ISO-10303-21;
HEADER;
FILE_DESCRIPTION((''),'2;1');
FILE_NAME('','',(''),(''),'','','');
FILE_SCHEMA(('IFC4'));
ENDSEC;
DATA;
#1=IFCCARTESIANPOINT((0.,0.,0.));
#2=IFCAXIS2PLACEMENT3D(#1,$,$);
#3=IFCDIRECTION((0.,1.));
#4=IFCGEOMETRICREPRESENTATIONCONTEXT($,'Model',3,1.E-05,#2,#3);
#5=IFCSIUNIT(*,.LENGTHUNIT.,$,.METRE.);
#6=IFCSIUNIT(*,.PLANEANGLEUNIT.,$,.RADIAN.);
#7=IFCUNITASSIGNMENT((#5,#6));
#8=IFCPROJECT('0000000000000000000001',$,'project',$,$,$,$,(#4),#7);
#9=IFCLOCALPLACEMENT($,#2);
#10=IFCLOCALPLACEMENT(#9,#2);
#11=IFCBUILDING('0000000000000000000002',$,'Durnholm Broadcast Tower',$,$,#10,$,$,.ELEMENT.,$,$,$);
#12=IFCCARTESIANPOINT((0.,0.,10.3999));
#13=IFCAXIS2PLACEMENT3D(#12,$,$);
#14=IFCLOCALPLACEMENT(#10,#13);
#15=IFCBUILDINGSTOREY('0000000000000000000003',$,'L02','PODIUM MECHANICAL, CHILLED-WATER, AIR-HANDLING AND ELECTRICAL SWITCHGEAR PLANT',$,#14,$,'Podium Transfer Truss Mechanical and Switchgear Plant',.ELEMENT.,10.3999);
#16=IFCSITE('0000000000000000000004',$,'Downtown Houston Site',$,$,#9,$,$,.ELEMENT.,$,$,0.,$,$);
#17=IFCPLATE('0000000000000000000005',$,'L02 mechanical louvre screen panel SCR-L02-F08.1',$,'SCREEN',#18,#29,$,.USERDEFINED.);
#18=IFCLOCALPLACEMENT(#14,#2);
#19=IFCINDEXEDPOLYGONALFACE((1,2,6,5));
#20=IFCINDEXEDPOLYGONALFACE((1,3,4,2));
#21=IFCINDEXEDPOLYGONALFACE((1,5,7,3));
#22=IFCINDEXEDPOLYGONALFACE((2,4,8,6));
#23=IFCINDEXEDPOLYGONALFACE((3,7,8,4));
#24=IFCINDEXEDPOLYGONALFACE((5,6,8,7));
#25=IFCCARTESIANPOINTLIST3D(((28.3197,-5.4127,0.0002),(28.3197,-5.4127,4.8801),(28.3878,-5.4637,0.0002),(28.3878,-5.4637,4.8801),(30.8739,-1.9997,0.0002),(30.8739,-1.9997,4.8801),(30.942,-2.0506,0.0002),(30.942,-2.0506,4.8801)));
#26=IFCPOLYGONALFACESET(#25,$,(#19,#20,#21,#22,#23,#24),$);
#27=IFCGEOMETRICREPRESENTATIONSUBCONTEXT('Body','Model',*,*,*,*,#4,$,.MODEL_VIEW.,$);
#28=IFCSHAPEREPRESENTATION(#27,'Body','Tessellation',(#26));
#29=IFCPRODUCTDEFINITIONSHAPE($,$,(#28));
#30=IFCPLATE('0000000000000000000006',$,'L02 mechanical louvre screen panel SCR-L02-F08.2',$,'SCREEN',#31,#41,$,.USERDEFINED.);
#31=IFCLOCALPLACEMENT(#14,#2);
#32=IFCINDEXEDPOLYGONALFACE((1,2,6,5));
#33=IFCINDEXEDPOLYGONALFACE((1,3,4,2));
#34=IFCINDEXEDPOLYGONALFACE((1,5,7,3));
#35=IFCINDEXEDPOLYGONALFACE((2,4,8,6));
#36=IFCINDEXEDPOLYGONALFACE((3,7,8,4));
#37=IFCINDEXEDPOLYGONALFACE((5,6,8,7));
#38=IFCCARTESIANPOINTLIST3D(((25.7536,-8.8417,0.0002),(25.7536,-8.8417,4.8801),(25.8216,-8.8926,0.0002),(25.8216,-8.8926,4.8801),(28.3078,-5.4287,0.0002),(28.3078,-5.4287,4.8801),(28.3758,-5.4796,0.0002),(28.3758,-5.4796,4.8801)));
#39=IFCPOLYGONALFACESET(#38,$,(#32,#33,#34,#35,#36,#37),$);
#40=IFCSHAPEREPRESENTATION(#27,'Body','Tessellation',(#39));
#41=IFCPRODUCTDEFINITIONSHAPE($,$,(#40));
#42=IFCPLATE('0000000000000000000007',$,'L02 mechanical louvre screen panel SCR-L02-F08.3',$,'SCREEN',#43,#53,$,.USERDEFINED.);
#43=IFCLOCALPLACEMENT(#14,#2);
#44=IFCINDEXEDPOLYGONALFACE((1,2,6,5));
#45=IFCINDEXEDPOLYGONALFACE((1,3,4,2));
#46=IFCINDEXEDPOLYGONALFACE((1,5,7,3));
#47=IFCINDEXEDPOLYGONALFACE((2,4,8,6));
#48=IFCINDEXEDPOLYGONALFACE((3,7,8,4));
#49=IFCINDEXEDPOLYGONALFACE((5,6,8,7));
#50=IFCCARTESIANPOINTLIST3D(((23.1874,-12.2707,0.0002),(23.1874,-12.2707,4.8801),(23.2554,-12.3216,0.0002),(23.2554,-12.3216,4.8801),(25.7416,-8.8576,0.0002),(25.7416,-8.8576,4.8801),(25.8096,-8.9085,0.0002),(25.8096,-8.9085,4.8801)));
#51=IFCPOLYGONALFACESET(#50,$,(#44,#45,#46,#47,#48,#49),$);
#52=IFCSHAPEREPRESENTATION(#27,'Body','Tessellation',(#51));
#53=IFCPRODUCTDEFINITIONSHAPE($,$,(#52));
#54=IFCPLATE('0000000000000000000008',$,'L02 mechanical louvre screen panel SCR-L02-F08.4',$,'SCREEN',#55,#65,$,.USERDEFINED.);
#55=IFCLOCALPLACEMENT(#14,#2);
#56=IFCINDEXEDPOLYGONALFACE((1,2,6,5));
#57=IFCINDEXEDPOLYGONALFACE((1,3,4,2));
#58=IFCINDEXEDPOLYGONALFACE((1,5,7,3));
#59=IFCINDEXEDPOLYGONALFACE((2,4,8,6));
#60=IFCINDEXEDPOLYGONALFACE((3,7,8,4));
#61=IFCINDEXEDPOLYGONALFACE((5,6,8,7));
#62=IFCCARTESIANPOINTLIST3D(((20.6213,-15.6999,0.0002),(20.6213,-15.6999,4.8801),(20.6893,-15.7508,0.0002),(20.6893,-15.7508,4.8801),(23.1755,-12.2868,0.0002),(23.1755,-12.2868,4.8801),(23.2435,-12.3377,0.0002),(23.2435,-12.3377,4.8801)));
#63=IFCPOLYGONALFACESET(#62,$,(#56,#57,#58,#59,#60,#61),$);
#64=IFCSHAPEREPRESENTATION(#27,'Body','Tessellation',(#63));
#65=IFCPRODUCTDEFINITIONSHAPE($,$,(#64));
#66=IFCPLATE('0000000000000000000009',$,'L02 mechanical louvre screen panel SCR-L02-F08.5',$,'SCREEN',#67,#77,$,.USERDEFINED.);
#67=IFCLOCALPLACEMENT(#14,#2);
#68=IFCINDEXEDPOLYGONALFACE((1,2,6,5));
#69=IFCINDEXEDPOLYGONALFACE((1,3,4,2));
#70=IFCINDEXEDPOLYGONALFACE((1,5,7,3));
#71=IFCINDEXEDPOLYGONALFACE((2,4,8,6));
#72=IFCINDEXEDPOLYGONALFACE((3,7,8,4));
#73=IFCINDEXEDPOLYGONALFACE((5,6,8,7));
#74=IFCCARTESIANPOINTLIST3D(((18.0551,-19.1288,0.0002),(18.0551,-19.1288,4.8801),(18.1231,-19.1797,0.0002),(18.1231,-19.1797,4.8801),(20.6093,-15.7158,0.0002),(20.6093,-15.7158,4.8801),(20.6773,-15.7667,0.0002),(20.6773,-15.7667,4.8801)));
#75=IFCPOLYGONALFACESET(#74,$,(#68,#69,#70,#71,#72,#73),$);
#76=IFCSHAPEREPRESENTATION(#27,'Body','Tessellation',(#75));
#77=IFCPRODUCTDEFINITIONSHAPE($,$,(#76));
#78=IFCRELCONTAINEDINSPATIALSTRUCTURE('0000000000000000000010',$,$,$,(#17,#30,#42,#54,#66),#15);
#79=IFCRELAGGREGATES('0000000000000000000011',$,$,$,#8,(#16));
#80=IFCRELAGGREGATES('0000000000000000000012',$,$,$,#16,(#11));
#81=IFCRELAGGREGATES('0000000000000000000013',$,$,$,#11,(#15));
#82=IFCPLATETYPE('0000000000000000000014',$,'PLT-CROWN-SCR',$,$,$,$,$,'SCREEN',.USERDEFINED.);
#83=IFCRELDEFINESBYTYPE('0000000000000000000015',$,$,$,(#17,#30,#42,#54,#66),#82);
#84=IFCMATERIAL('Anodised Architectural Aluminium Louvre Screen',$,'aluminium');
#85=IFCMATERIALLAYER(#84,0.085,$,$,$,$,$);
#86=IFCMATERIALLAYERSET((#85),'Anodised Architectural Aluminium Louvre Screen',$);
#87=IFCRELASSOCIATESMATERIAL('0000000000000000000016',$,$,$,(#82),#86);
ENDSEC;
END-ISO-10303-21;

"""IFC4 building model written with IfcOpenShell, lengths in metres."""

from ifc_helpers import new_model, si_unit, direction, frame, origin, origin_2d, place, context, subcontext, project, spatial, rectangle, extrude, source, transform, mapped, material, layer, layer_set, type_object, element, save


model = new_model("IFC4")

# Units and contexts
model_context = context("Model", 3, precision=1e-05, world=origin(), true_north=direction((0.0, 1.0)))
body_context = subcontext(model_context, "Body", "Model", "MODEL_VIEW")
ifc_project = project(units=[si_unit("LENGTHUNIT", "METRE"), si_unit("PLANEANGLEUNIT", "RADIAN")], contexts=[model_context])

# Site, building, storey
site_placement = place(None, origin())
site = spatial("IfcSite", under=ifc_project, at=site_placement, Name="Downtown Houston Site", CompositionType="ELEMENT", RefElevation=0.0)
building_placement = place(site_placement, origin())
building = spatial("IfcBuilding", under=site, at=building_placement, Name="Durnholm Broadcast Tower", CompositionType="ELEMENT")
storey_placement = place(building_placement, frame((0.0, 0.0, 10.3999)))
storey = spatial("IfcBuildingStorey", under=building, at=storey_placement, Name="L02", Description="PODIUM MECHANICAL, CHILLED-WATER, AIR-HANDLING AND ELECTRICAL SWITCHGEAR PLANT", LongName="Podium Transfer Truss Mechanical and Switchgear Plant", CompositionType="ELEMENT", Elevation=10.3999)

# Plates
ifc_material_1 = material(Name="Anodised Architectural Aluminium Louvre Screen", Category="aluminium")
ifc_layer_1 = layer(ifc_material_1, 0.085)
ifc_layer_set_1 = layer_set([ifc_layer_1], Name="Anodised Architectural Aluminium Louvre Screen")
plate_type_1 = type_object("IfcPlateType", Name="PLT-CROWN-SCR", ElementType="SCREEN", PredefinedType="USERDEFINED", material=ifc_layer_set_1)
shared_shape_1 = source(origin(), body_context, "Body", "SweptSolid", [
    extrude(rectangle(XDim=4.2629, YDim=0.085, at=origin_2d()), origin(), (0.0, 0.0, 1.0), 4.8799),
])
for number, where, z_axis, x_axis, name in (
    (1, (29.6309, -3.7317, 0.0002), (0.0, 0.0, 1.0), (-0.599163, -0.800627, 0.0), "L02 mechanical louvre screen panel SCR-L02-F08.1"),
    (2, (27.0647, -7.1606, 0.0002), (0.0, 0.0, 1.0), (-0.599163, -0.800627, 0.0), "L02 mechanical louvre screen panel SCR-L02-F08.2"),
    (3, (24.4985, -10.5896, 0.0002), (0.0, 0.0, 1.0), (-0.599163, -0.800627, 0.0), "L02 mechanical louvre screen panel SCR-L02-F08.3"),
    (4, (21.9324, -14.0188, 0.0002), (0.0, 0.0, 1.0), (-0.599163, -0.800627, 0.0), "L02 mechanical louvre screen panel SCR-L02-F08.4"),
    (5, (19.3662, -17.4478, 0.0002), (0.0, 0.0, 1.0), (-0.599163, -0.800627, 0.0), "L02 mechanical louvre screen panel SCR-L02-F08.5"),
):
    element("IfcPlate", number, at=place(storey_placement, frame(where, z_axis=z_axis, x_axis=x_axis)), inside=storey, type_object=plate_type_1, Name=name, ObjectType="SCREEN", PredefinedType="USERDEFINED", context=body_context, shape_type="MappedRepresentation", body=[
        mapped(shared_shape_1, transform((0.0, 0.0, 0.0), x_axis=(1.0, 0.0, 0.0), y_axis=(0.0, 1.0, 0.0), z_axis=(0.0, 0.0, 1.0), scale=1.0)),
    ])

save(model, "model.ifc")
